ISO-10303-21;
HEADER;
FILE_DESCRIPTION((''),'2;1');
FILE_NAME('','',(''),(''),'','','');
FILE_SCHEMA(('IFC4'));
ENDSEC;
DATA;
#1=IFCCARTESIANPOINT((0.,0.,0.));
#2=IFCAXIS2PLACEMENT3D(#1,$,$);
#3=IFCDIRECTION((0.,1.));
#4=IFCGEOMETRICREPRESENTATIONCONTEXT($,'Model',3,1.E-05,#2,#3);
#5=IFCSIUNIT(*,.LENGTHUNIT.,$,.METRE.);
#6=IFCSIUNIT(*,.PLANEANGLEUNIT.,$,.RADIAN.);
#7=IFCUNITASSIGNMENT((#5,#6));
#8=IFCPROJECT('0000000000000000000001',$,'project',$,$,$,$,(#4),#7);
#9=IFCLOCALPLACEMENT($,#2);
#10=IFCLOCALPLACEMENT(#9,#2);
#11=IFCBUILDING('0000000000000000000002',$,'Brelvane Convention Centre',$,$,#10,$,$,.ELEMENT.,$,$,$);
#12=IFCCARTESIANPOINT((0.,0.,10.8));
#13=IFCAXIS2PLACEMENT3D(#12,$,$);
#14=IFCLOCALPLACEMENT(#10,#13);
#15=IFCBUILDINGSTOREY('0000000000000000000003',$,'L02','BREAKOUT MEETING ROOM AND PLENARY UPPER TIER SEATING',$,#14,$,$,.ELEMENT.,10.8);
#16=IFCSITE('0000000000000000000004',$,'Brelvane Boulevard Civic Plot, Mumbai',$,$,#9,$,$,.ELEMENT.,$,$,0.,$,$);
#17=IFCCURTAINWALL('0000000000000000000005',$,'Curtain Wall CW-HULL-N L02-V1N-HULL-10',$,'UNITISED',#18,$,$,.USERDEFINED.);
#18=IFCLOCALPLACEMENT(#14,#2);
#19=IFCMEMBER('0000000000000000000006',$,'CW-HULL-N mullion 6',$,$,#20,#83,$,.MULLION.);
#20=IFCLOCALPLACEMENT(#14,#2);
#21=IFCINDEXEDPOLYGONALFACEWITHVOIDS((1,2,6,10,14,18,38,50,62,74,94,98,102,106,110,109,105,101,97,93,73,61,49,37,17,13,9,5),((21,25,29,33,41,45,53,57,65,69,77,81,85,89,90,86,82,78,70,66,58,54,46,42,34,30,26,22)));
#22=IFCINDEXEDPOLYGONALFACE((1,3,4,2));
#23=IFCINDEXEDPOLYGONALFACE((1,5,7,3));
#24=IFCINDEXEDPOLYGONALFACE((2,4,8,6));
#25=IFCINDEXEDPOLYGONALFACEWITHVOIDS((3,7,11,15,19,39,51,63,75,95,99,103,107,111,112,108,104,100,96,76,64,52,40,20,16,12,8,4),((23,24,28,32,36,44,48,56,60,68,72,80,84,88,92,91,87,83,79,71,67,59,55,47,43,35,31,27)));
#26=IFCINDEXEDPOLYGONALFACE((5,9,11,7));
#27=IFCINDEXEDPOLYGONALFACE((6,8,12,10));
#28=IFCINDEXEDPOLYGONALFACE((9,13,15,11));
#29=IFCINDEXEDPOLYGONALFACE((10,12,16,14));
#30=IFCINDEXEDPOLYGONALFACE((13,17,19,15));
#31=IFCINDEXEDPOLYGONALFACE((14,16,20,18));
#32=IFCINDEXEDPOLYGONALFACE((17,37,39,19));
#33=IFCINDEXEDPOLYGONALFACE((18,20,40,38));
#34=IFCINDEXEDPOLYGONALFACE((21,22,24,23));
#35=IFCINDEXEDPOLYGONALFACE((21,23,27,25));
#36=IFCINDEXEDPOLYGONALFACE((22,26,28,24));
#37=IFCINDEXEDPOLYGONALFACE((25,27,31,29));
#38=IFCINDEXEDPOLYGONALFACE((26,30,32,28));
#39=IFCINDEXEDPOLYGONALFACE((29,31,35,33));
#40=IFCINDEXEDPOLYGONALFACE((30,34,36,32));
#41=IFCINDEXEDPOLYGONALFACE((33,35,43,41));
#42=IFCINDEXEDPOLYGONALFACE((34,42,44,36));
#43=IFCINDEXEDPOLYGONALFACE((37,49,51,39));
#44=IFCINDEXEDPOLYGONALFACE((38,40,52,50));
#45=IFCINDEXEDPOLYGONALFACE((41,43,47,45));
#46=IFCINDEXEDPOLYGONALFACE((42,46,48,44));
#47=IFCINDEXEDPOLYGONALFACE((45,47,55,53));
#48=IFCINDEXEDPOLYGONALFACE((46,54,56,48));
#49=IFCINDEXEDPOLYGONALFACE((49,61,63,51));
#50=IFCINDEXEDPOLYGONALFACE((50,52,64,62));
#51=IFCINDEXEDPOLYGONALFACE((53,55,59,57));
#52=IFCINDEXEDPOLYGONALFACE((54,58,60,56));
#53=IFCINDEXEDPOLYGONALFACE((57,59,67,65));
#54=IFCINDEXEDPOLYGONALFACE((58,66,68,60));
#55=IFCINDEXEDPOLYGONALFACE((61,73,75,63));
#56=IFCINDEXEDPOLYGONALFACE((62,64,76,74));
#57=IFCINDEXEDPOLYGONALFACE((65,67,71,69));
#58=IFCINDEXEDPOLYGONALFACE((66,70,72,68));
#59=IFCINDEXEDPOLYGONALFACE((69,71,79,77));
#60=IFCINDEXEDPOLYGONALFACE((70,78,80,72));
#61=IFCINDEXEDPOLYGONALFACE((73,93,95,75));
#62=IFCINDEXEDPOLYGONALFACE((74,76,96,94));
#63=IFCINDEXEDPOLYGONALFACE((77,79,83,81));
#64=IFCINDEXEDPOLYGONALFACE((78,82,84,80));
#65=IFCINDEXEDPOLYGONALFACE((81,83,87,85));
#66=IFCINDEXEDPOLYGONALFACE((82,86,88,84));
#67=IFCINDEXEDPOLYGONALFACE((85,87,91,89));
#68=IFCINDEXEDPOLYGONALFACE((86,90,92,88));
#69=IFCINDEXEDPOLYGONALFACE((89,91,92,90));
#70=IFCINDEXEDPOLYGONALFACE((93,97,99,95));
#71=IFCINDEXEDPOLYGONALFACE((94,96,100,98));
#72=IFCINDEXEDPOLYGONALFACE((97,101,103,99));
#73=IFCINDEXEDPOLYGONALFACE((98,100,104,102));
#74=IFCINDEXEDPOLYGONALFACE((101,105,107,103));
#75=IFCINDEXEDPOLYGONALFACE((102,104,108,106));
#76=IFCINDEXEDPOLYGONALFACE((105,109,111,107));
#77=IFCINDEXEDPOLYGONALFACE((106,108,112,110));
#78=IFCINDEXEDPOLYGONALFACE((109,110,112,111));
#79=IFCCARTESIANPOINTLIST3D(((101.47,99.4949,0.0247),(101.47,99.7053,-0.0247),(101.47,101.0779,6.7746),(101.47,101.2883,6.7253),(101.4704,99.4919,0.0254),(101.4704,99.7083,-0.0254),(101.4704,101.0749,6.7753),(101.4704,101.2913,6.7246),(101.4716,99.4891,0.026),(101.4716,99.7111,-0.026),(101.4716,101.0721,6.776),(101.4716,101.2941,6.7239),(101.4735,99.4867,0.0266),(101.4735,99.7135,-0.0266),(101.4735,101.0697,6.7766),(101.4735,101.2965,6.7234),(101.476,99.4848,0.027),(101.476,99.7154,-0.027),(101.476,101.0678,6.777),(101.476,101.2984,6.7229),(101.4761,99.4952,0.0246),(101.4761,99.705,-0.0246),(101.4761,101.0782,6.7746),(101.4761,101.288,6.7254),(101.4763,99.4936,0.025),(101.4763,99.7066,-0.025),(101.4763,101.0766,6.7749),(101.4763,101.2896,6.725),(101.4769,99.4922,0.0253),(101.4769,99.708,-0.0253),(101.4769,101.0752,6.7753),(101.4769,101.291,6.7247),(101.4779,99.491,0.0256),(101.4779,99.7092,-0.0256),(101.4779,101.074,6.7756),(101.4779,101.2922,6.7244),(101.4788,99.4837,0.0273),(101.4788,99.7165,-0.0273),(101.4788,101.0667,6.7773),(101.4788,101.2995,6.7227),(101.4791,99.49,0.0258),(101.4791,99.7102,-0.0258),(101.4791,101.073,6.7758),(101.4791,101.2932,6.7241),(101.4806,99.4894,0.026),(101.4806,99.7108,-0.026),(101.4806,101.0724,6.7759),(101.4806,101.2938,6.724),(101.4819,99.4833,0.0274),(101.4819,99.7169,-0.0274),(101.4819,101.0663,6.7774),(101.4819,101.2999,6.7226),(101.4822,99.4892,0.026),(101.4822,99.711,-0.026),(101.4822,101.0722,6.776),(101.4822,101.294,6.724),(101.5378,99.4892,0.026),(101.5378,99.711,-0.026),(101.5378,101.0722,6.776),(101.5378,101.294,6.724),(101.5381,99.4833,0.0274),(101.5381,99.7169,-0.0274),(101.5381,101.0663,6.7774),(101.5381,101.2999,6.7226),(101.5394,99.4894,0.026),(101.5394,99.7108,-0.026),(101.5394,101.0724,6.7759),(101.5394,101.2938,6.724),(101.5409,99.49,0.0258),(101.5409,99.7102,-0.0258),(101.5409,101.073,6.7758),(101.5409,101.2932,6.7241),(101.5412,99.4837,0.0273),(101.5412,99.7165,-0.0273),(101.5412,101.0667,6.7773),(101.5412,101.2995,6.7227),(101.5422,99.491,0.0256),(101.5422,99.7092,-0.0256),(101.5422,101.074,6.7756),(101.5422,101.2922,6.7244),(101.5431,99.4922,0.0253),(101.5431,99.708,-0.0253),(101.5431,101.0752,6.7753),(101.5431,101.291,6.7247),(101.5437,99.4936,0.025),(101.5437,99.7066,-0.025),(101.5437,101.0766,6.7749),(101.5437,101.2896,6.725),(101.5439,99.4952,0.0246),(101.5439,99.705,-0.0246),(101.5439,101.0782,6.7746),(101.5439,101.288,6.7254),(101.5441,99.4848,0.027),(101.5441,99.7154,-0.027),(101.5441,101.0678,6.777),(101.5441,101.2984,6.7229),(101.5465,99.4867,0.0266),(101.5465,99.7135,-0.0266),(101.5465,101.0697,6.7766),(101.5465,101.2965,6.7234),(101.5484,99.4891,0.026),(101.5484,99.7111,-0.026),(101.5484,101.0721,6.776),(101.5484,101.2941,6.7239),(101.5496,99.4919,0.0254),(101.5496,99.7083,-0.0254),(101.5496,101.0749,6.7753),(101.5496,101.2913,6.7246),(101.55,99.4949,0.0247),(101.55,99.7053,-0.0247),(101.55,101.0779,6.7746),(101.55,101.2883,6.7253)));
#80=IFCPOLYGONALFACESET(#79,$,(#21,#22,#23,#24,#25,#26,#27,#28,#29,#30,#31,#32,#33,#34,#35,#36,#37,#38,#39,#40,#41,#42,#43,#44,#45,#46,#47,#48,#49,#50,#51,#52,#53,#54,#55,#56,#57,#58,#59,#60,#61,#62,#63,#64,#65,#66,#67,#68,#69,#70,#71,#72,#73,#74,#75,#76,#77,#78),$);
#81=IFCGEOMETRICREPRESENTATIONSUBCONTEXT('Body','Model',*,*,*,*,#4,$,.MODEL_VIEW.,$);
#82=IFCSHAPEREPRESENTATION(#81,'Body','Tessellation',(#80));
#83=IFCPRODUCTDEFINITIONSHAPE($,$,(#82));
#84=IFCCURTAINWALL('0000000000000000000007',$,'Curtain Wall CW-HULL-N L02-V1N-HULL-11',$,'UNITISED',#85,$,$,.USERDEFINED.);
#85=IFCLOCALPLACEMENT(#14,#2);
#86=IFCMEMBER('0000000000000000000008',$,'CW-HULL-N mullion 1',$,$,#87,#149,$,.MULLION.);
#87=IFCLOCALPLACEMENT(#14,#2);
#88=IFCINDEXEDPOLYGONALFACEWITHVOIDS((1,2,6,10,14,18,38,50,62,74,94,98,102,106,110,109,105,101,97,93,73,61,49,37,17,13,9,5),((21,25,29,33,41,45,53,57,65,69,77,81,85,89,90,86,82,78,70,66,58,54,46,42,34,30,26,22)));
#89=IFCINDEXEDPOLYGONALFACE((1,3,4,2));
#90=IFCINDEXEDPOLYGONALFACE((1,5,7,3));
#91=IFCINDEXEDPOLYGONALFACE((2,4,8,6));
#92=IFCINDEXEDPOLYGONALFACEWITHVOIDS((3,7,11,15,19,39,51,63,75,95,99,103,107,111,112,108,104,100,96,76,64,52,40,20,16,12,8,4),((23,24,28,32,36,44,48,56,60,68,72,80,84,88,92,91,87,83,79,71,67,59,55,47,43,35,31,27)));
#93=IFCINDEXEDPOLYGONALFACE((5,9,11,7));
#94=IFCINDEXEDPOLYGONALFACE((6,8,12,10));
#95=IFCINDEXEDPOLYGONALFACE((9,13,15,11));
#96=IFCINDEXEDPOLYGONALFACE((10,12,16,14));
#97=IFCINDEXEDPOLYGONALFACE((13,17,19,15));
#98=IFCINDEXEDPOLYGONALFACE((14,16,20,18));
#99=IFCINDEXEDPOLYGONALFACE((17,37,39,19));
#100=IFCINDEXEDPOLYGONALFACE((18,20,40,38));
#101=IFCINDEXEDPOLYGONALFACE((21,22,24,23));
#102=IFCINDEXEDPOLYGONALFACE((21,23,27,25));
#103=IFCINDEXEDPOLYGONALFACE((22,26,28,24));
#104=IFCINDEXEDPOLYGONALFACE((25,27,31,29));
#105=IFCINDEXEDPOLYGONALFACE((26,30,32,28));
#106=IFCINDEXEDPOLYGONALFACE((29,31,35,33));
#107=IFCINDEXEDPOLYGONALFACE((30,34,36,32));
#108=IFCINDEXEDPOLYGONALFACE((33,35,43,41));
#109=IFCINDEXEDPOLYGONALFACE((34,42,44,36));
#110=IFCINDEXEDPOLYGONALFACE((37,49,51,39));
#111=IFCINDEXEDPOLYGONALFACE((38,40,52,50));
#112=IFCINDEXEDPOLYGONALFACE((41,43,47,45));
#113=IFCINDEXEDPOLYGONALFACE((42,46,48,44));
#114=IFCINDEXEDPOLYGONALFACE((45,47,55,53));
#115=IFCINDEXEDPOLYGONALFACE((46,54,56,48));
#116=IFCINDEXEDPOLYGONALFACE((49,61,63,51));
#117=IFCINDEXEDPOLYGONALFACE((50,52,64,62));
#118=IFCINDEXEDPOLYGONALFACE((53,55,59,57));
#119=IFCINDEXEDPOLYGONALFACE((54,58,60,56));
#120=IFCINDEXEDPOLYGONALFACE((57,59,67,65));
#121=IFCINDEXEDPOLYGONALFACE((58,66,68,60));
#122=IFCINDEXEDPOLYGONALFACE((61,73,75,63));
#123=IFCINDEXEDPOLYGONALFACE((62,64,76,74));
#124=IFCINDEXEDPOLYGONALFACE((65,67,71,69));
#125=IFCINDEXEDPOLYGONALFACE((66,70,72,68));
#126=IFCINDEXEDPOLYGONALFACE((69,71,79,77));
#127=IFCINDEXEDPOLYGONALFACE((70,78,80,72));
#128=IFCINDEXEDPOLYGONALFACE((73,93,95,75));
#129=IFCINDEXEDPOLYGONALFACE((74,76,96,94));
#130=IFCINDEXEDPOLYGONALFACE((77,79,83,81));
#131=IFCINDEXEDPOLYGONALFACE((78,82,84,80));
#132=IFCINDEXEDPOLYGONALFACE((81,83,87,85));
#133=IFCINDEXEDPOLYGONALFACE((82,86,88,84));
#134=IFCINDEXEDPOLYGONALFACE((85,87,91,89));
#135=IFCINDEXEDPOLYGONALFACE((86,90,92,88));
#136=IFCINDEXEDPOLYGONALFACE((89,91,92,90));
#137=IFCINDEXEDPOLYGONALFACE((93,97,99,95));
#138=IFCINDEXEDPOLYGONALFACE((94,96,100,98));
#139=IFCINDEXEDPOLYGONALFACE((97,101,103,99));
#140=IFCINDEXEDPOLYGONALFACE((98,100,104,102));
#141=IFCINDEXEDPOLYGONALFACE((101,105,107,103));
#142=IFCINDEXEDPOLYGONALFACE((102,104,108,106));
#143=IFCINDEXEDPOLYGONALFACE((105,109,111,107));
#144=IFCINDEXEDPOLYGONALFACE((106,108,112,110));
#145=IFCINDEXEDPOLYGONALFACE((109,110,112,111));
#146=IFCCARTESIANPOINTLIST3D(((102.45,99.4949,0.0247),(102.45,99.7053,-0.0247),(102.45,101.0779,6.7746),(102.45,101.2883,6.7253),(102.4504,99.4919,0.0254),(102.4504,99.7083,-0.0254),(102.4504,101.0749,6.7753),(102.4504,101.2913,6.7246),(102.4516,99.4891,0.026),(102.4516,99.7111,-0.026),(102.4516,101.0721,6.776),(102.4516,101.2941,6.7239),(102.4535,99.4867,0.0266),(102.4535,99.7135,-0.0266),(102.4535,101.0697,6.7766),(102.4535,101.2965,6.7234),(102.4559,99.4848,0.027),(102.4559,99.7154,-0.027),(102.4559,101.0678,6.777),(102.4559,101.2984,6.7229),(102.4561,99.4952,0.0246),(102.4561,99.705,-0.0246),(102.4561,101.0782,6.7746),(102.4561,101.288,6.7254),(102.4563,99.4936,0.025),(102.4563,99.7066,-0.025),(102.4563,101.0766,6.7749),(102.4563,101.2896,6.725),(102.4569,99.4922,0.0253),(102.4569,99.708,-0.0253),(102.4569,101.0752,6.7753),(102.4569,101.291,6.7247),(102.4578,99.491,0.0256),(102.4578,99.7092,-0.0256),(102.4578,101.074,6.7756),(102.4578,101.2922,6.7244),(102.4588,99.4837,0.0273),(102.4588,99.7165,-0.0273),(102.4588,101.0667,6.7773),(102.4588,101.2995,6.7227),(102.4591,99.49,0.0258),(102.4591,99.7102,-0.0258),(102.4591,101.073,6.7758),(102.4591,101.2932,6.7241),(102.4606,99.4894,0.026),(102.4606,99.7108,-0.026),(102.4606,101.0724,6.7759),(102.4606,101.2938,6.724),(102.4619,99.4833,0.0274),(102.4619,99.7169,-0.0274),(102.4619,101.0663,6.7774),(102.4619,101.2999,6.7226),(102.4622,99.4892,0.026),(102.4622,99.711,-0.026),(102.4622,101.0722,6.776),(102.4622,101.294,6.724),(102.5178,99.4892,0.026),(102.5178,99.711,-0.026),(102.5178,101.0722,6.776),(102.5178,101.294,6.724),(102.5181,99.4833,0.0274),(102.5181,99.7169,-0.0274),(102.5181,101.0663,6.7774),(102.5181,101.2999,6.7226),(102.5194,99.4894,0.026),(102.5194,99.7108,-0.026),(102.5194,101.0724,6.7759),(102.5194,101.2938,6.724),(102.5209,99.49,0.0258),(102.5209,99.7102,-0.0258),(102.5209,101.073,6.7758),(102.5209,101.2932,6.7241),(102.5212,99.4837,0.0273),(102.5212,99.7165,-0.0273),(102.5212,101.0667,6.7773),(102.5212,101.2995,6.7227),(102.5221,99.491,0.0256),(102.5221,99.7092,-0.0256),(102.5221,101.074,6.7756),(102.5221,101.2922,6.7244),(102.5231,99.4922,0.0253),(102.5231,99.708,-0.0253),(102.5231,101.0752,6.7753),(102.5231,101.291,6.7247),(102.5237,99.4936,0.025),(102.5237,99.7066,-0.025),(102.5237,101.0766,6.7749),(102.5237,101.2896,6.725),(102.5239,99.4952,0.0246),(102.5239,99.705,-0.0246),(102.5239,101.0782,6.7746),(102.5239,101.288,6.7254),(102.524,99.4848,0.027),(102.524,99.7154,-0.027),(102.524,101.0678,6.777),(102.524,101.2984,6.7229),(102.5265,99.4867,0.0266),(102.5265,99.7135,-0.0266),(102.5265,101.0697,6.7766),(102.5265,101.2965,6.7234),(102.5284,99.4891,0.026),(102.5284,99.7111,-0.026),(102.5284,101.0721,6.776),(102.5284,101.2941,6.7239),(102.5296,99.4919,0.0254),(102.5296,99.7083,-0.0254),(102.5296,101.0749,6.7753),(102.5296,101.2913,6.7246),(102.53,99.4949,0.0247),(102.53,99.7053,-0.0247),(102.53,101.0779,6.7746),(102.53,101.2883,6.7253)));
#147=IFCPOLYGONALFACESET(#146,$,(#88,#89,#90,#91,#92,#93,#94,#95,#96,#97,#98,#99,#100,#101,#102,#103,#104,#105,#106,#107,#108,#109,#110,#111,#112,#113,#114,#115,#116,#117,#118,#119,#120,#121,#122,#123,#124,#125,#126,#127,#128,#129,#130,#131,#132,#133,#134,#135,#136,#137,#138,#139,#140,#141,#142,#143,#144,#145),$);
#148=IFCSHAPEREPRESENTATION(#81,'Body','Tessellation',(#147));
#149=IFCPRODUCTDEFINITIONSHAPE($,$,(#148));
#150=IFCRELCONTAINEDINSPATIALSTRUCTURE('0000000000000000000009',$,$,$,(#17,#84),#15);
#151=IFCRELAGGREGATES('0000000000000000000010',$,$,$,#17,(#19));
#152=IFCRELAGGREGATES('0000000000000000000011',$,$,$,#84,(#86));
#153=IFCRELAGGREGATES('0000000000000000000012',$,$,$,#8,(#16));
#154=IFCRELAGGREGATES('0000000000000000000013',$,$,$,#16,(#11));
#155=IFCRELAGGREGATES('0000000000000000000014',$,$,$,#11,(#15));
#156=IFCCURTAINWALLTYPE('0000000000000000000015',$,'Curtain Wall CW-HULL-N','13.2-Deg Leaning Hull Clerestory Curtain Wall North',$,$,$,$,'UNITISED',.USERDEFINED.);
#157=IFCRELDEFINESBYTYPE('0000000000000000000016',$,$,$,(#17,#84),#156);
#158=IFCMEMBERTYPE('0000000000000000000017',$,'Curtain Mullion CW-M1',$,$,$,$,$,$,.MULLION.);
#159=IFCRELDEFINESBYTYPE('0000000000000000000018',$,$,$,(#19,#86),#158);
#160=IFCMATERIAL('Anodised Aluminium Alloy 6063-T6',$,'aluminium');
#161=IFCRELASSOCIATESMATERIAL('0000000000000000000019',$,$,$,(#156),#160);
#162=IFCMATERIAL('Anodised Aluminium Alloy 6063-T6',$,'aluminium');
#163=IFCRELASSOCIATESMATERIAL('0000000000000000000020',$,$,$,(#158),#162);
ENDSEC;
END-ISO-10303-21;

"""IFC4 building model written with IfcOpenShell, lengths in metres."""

from ifc_helpers import new_model, si_unit, direction, frame, origin, origin_2d, place, context, subcontext, project, spatial, hollow_rectangle, extrude, material, material_profile, profile_set, type_object, element, aggregate, save


model = new_model("IFC4")

# Units and contexts
model_context = context("Model", 3, precision=1e-05, world=origin(), true_north=direction((0.0, 1.0)))
body_context = subcontext(model_context, "Body", "Model", "MODEL_VIEW")
ifc_project = project(units=[si_unit("LENGTHUNIT", "METRE"), si_unit("PLANEANGLEUNIT", "RADIAN")], contexts=[model_context])

# Site, building, storey
site_placement = place(None, origin())
site = spatial("IfcSite", under=ifc_project, at=site_placement, Name="Brelvane Boulevard Civic Plot, Mumbai", CompositionType="ELEMENT", RefElevation=0.0)
building_placement = place(site_placement, origin())
building = spatial("IfcBuilding", under=site, at=building_placement, Name="Brelvane Convention Centre", CompositionType="ELEMENT")
storey_placement = place(building_placement, frame((0.0, 0.0, 10.8)))
storey = spatial("IfcBuildingStorey", under=building, at=storey_placement, Name="L02", Description="BREAKOUT MEETING ROOM AND PLENARY UPPER TIER SEATING", CompositionType="ELEMENT", Elevation=10.8)

# Curtain walls, members
ifc_material_1 = material(Name="Anodised Aluminium Alloy 6063-T6", Category="aluminium")
curtain_wall_type = type_object("IfcCurtainWallType", Name="Curtain Wall CW-HULL-N", Description="13.2-Deg Leaning Hull Clerestory Curtain Wall North", ElementType="UNITISED", PredefinedType="USERDEFINED", material=ifc_material_1)
curtain_wall_1_placement = place(storey_placement, origin())
curtain_wall_1 = element("IfcCurtainWall", 1, at=curtain_wall_1_placement, inside=storey, type_object=curtain_wall_type, Name="Curtain Wall CW-HULL-N L02-V1N-HULL-10", ObjectType="UNITISED", PredefinedType="USERDEFINED")
ifc_material_2 = material(Name="Anodised Aluminium Alloy 6063-T6", Category="aluminium")
ifc_material_profile_1 = material_profile(ifc_material_2, hollow_rectangle(XDim=0.0801, YDim=0.24, WallThickness=0.0061, InnerFilletRadius=0.0061, OuterFilletRadius=0.012, at=origin_2d()), Name="ALU-M 240x80x6.0")
ifc_profile_set_1 = profile_set([ifc_material_profile_1], Name="Anodised Aluminium Alloy 6063-T6")
member_type_1 = type_object("IfcMemberType", Name="Curtain Mullion CW-M1", PredefinedType="MULLION", material=ifc_profile_set_1)
member_1_placement = place(storey_placement, frame((101.51, 99.6001, 0.0), z_axis=(0.0, 0.228325, 0.973585), x_axis=(-1.0, 0.0, 0.0)))
member_1 = element("IfcMember", 2, at=member_1_placement, type_object=member_type_1, Name="CW-HULL-N mullion 6", PredefinedType="MULLION", context=body_context, shape_type="SweptSolid", body=[
    extrude(hollow_rectangle(XDim=0.0801, YDim=0.24, WallThickness=0.0061, InnerFilletRadius=0.0061, OuterFilletRadius=0.012, at=origin_2d()), origin(), (0.0, 0.0, 1.0), 6.9331),
])
curtain_wall_2_placement = place(storey_placement, origin())
curtain_wall_2 = element("IfcCurtainWall", 3, at=curtain_wall_2_placement, inside=storey, type_object=curtain_wall_type, Name="Curtain Wall CW-HULL-N L02-V1N-HULL-11", ObjectType="UNITISED", PredefinedType="USERDEFINED")
member_2_placement = place(storey_placement, frame((102.49, 99.6001, 0.0), z_axis=(0.0, 0.228325, 0.973585), x_axis=(-1.0, 0.0, 0.0)))
member_2 = element("IfcMember", 4, at=member_2_placement, type_object=member_type_1, Name="CW-HULL-N mullion 1", PredefinedType="MULLION", context=body_context, shape_type="SweptSolid", body=[
    extrude(hollow_rectangle(XDim=0.0801, YDim=0.24, WallThickness=0.0061, InnerFilletRadius=0.0061, OuterFilletRadius=0.012, at=origin_2d()), origin(), (0.0, 0.0, 1.0), 6.9331),
])

aggregate(curtain_wall_1, [member_1])
aggregate(curtain_wall_2, [member_2])

save(model, "model.ifc")
